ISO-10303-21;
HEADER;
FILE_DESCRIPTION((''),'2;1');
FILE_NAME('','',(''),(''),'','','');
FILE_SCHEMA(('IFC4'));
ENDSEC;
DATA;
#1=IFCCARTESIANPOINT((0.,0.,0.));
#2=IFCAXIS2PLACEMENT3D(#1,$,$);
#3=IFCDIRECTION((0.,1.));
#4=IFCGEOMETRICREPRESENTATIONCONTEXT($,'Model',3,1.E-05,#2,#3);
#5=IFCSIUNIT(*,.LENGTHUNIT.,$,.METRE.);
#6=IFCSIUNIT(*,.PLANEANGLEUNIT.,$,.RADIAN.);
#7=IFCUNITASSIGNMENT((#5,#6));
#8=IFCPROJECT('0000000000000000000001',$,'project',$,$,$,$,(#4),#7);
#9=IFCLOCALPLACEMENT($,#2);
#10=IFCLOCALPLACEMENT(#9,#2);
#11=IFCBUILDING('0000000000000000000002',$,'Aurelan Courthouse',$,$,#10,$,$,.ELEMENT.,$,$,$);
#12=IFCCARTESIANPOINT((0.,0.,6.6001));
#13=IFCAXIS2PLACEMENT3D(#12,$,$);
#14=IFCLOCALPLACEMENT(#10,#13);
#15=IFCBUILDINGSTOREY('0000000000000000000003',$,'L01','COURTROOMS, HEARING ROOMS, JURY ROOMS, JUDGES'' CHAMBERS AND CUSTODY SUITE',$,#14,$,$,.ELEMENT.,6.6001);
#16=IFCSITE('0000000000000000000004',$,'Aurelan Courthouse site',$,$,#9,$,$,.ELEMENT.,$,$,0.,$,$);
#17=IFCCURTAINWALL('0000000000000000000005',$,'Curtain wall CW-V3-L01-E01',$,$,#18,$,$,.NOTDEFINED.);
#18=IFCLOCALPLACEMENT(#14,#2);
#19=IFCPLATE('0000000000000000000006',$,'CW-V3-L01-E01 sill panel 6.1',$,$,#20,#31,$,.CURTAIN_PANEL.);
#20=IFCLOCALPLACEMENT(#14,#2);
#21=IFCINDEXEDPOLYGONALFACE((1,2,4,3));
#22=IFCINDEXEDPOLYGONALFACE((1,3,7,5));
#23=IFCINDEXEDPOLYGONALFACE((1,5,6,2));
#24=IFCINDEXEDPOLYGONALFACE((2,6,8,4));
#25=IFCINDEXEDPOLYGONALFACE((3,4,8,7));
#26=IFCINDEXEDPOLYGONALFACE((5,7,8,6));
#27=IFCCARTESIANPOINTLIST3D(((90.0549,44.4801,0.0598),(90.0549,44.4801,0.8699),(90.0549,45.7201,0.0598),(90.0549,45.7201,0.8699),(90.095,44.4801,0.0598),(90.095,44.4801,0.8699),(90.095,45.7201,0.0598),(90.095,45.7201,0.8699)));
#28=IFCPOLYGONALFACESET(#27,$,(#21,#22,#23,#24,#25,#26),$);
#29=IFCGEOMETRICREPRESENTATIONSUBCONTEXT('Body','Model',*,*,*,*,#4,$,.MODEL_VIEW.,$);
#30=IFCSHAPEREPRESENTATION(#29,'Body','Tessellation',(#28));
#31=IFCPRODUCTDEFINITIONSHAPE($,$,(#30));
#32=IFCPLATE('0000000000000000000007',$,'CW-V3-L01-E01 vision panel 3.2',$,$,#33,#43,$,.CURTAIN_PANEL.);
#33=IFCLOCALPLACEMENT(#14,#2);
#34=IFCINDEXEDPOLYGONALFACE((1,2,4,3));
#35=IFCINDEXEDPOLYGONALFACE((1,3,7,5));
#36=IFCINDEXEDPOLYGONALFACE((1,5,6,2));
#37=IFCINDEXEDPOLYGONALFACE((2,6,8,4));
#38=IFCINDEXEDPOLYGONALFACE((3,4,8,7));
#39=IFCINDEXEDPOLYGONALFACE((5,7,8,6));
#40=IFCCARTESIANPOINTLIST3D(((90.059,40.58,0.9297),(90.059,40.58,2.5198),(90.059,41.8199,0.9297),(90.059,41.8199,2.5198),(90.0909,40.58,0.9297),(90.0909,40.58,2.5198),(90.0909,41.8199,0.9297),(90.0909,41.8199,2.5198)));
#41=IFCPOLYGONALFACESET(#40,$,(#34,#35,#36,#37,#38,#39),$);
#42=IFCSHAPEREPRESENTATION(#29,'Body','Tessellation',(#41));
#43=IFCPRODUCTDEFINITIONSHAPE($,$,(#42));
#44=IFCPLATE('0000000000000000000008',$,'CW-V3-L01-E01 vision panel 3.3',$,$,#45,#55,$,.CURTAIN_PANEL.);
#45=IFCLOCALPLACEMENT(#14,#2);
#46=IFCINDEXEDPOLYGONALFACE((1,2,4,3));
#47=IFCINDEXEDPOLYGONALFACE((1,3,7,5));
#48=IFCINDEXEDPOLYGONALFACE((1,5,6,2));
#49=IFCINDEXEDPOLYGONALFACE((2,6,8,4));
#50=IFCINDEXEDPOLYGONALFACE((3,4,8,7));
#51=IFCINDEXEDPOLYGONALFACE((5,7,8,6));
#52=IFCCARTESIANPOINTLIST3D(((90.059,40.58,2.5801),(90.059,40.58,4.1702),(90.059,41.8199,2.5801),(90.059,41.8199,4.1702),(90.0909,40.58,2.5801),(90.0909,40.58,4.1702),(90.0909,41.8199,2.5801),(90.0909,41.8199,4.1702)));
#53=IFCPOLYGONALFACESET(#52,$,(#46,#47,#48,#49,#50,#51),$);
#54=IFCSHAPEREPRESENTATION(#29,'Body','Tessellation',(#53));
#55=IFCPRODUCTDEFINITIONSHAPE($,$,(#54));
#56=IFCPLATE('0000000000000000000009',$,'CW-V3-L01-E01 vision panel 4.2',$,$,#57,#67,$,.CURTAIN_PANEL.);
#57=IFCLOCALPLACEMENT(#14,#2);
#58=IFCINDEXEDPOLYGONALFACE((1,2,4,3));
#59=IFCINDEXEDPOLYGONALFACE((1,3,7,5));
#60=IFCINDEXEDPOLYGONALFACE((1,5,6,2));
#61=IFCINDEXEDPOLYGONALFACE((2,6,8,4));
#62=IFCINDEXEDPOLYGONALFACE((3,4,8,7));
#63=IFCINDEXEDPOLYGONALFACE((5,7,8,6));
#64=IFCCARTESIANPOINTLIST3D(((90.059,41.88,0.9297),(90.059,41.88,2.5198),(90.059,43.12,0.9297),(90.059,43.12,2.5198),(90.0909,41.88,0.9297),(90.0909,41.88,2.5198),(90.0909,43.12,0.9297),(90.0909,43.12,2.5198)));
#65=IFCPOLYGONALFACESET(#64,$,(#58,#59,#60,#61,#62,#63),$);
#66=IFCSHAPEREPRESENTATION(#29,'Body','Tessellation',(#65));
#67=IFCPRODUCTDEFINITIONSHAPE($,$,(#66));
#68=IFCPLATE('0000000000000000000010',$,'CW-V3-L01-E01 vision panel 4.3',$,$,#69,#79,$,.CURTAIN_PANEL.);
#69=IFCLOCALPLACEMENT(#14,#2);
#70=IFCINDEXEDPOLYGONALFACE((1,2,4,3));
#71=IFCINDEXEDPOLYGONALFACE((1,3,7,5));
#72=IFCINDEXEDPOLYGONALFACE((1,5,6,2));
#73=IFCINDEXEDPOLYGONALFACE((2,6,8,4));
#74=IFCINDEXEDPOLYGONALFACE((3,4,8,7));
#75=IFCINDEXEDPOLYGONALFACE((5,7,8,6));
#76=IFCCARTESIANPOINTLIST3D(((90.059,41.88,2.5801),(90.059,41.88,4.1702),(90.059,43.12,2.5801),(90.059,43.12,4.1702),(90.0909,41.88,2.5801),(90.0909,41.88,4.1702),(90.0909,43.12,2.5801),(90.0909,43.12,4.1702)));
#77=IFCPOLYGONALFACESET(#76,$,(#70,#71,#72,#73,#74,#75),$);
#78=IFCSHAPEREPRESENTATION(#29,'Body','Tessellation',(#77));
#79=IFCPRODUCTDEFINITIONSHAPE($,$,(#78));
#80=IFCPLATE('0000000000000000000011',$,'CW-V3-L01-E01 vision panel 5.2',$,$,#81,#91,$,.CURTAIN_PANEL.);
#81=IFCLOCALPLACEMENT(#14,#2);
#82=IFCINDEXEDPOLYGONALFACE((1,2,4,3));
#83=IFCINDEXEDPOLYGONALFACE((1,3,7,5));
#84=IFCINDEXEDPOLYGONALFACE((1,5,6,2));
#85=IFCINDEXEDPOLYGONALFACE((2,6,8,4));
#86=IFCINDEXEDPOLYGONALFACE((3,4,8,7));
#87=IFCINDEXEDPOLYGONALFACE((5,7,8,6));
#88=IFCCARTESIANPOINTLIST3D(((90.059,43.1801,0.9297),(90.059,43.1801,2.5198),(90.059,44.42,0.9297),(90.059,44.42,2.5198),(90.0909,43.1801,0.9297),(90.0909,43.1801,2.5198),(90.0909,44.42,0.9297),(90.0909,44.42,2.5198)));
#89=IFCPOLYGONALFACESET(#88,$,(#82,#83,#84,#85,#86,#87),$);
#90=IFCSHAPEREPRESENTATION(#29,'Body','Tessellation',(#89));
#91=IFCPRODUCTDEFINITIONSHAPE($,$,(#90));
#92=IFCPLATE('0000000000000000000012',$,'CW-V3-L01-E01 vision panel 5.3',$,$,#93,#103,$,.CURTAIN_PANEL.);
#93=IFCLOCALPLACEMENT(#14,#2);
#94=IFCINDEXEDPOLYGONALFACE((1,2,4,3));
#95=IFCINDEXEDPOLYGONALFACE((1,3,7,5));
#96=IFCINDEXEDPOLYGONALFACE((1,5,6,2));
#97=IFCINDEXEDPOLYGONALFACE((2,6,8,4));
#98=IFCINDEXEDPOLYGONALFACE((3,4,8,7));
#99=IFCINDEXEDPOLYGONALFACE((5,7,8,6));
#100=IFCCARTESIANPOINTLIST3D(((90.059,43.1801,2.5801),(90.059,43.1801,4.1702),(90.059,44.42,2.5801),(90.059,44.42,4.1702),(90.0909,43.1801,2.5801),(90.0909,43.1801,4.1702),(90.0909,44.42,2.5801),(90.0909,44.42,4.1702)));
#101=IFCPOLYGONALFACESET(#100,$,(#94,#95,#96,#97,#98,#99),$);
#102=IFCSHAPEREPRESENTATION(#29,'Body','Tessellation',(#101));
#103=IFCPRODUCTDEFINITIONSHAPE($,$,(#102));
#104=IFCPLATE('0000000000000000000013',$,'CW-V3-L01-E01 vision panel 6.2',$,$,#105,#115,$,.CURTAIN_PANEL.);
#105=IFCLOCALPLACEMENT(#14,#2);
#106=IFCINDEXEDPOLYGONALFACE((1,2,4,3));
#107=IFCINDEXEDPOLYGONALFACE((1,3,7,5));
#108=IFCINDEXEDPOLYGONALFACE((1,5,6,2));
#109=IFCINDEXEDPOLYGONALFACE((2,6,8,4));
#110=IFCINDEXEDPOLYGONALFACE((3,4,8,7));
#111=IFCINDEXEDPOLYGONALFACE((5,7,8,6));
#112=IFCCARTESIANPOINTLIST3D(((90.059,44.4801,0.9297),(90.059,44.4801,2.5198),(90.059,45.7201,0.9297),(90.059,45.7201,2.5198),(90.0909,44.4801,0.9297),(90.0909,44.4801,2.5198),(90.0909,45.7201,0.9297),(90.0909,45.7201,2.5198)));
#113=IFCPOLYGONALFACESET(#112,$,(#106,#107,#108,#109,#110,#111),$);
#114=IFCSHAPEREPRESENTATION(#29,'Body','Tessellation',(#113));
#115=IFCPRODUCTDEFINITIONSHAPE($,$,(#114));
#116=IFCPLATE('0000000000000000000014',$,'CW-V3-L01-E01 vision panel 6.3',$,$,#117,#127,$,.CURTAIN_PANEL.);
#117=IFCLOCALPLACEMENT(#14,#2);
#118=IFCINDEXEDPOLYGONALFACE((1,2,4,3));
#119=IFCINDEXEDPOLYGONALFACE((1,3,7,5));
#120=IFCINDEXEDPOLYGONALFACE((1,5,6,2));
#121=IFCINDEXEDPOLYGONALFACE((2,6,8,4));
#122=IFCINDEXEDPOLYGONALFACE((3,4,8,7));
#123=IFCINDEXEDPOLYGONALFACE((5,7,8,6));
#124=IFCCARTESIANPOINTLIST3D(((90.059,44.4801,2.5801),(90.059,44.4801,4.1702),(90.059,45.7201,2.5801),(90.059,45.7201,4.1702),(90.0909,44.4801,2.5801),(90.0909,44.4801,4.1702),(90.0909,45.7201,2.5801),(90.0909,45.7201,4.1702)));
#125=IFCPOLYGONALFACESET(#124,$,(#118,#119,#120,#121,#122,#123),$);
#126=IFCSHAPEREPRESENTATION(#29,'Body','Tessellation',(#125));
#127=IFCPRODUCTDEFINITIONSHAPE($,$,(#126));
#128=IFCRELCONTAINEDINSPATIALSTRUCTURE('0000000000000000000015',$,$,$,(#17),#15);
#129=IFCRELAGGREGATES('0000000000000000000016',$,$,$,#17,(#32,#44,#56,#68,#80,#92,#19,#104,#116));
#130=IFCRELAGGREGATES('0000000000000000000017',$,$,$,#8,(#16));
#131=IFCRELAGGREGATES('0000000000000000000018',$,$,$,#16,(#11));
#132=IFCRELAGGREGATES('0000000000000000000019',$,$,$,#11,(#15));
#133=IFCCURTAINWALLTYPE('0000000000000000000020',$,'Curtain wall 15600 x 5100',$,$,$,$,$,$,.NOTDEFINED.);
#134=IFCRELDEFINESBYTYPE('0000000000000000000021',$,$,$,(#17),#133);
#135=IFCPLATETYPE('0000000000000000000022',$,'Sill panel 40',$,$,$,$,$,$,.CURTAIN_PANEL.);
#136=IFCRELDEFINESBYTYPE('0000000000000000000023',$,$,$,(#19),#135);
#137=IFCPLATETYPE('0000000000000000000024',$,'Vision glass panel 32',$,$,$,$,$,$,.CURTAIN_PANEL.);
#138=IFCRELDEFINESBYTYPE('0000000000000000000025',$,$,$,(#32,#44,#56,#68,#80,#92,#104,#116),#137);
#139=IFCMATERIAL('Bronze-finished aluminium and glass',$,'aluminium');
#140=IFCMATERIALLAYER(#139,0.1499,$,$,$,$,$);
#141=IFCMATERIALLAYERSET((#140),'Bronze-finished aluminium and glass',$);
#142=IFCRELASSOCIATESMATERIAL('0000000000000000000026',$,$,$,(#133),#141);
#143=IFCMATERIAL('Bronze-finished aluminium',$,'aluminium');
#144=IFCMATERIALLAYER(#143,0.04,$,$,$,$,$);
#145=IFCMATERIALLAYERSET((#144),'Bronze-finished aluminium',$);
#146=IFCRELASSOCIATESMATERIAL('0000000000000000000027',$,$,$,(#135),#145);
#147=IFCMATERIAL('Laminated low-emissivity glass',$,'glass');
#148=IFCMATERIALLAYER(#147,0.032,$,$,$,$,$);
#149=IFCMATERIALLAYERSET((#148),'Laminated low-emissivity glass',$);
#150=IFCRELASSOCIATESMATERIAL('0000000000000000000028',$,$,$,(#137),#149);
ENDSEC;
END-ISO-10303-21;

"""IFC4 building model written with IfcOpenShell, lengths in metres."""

from ifc_helpers import new_model, si_unit, direction, frame, origin, origin_2d, place, context, subcontext, project, spatial, rectangle, extrude, material, layer, layer_set, type_object, element, aggregate, save


model = new_model("IFC4")

# Units and contexts
model_context = context("Model", 3, precision=1e-05, world=origin(), true_north=direction((0.0, 1.0)))
body_context = subcontext(model_context, "Body", "Model", "MODEL_VIEW")
ifc_project = project(units=[si_unit("LENGTHUNIT", "METRE"), si_unit("PLANEANGLEUNIT", "RADIAN")], contexts=[model_context])

# Site, building, storey
site_placement = place(None, origin())
site = spatial("IfcSite", under=ifc_project, at=site_placement, Name="Aurelan Courthouse site", CompositionType="ELEMENT", RefElevation=0.0)
building_placement = place(site_placement, origin())
building = spatial("IfcBuilding", under=site, at=building_placement, Name="Aurelan Courthouse", CompositionType="ELEMENT")
storey_placement = place(building_placement, frame((0.0, 0.0, 6.6001)))
storey = spatial("IfcBuildingStorey", under=building, at=storey_placement, Name="L01", Description="COURTROOMS, HEARING ROOMS, JURY ROOMS, JUDGES' CHAMBERS AND CUSTODY SUITE", CompositionType="ELEMENT", Elevation=6.6001)

# Curtain wall, plates
ifc_material_1 = material(Name="Bronze-finished aluminium and glass", Category="aluminium")
ifc_layer_1 = layer(ifc_material_1, 0.1499)
ifc_layer_set_1 = layer_set([ifc_layer_1], Name="Bronze-finished aluminium and glass")
curtain_wall_type = type_object("IfcCurtainWallType", Name="Curtain wall 15600 x 5100", PredefinedType="NOTDEFINED", material=ifc_layer_set_1)
curtain_wall_placement = place(storey_placement, origin())
curtain_wall = element("IfcCurtainWall", 1, at=curtain_wall_placement, inside=storey, type_object=curtain_wall_type, Name="Curtain wall CW-V3-L01-E01", PredefinedType="NOTDEFINED")
ifc_material_2 = material(Name="Bronze-finished aluminium", Category="aluminium")
ifc_layer_2 = layer(ifc_material_2, 0.04)
ifc_layer_set_2 = layer_set([ifc_layer_2], Name="Bronze-finished aluminium")
plate_type_1 = type_object("IfcPlateType", Name="Sill panel 40", PredefinedType="CURTAIN_PANEL", material=ifc_layer_set_2)
plate_1_placement = place(storey_placement, frame((90.075, 45.1001, 0.0598), z_axis=(0.0, 0.0, 1.0), x_axis=(0.0, 1.0, 0.0)))
plate_1 = element("IfcPlate", 2, at=plate_1_placement, type_object=plate_type_1, Name="CW-V3-L01-E01 sill panel 6.1", PredefinedType="CURTAIN_PANEL", context=body_context, shape_type="SweptSolid", body=[
    extrude(rectangle(XDim=1.24, YDim=0.04, at=origin_2d()), origin(), (0.0, 0.0, 1.0), 0.8101),
])
ifc_material_3 = material(Name="Laminated low-emissivity glass", Category="glass")
ifc_layer_3 = layer(ifc_material_3, 0.032)
ifc_layer_set_3 = layer_set([ifc_layer_3], Name="Laminated low-emissivity glass")
plate_type_2 = type_object("IfcPlateType", Name="Vision glass panel 32", PredefinedType="CURTAIN_PANEL", material=ifc_layer_set_3)
plate_2_placement = place(storey_placement, frame((90.075, 41.2, 0.9297), z_axis=(0.0, 0.0, 1.0), x_axis=(0.0, 1.0, 0.0)))
plate_2 = element("IfcPlate", 3, at=plate_2_placement, type_object=plate_type_2, Name="CW-V3-L01-E01 vision panel 3.2", PredefinedType="CURTAIN_PANEL", context=body_context, shape_type="SweptSolid", body=[
    extrude(rectangle(XDim=1.24, YDim=0.032, at=origin_2d()), origin(), (0.0, 0.0, 1.0), 1.5901),
])
plate_3_placement = place(storey_placement, frame((90.075, 41.2, 2.5801), z_axis=(0.0, 0.0, 1.0), x_axis=(0.0, 1.0, 0.0)))
plate_3 = element("IfcPlate", 4, at=plate_3_placement, type_object=plate_type_2, Name="CW-V3-L01-E01 vision panel 3.3", PredefinedType="CURTAIN_PANEL", context=body_context, shape_type="SweptSolid", body=[
    extrude(rectangle(XDim=1.24, YDim=0.032, at=origin_2d()), origin(), (0.0, 0.0, 1.0), 1.5901),
])
plate_4_placement = place(storey_placement, frame((90.075, 42.5, 0.9297), z_axis=(0.0, 0.0, 1.0), x_axis=(0.0, 1.0, 0.0)))
plate_4 = element("IfcPlate", 5, at=plate_4_placement, type_object=plate_type_2, Name="CW-V3-L01-E01 vision panel 4.2", PredefinedType="CURTAIN_PANEL", context=body_context, shape_type="SweptSolid", body=[
    extrude(rectangle(XDim=1.24, YDim=0.032, at=origin_2d()), origin(), (0.0, 0.0, 1.0), 1.5901),
])
plate_5_placement = place(storey_placement, frame((90.075, 42.5, 2.5801), z_axis=(0.0, 0.0, 1.0), x_axis=(0.0, 1.0, 0.0)))
plate_5 = element("IfcPlate", 6, at=plate_5_placement, type_object=plate_type_2, Name="CW-V3-L01-E01 vision panel 4.3", PredefinedType="CURTAIN_PANEL", context=body_context, shape_type="SweptSolid", body=[
    extrude(rectangle(XDim=1.24, YDim=0.032, at=origin_2d()), origin(), (0.0, 0.0, 1.0), 1.5901),
])
plate_6_placement = place(storey_placement, frame((90.075, 43.8, 0.9297), z_axis=(0.0, 0.0, 1.0), x_axis=(0.0, 1.0, 0.0)))
plate_6 = element("IfcPlate", 7, at=plate_6_placement, type_object=plate_type_2, Name="CW-V3-L01-E01 vision panel 5.2", PredefinedType="CURTAIN_PANEL", context=body_context, shape_type="SweptSolid", body=[
    extrude(rectangle(XDim=1.24, YDim=0.032, at=origin_2d()), origin(), (0.0, 0.0, 1.0), 1.5901),
])
plate_7_placement = place(storey_placement, frame((90.075, 43.8, 2.5801), z_axis=(0.0, 0.0, 1.0), x_axis=(0.0, 1.0, 0.0)))
plate_7 = element("IfcPlate", 8, at=plate_7_placement, type_object=plate_type_2, Name="CW-V3-L01-E01 vision panel 5.3", PredefinedType="CURTAIN_PANEL", context=body_context, shape_type="SweptSolid", body=[
    extrude(rectangle(XDim=1.24, YDim=0.032, at=origin_2d()), origin(), (0.0, 0.0, 1.0), 1.5901),
])
plate_8_placement = place(storey_placement, frame((90.075, 45.1001, 0.9297), z_axis=(0.0, 0.0, 1.0), x_axis=(0.0, 1.0, 0.0)))
plate_8 = element("IfcPlate", 9, at=plate_8_placement, type_object=plate_type_2, Name="CW-V3-L01-E01 vision panel 6.2", PredefinedType="CURTAIN_PANEL", context=body_context, shape_type="SweptSolid", body=[
    extrude(rectangle(XDim=1.24, YDim=0.032, at=origin_2d()), origin(), (0.0, 0.0, 1.0), 1.5901),
])
plate_9_placement = place(storey_placement, frame((90.075, 45.1001, 2.5801), z_axis=(0.0, 0.0, 1.0), x_axis=(0.0, 1.0, 0.0)))
plate_9 = element("IfcPlate", 10, at=plate_9_placement, type_object=plate_type_2, Name="CW-V3-L01-E01 vision panel 6.3", PredefinedType="CURTAIN_PANEL", context=body_context, shape_type="SweptSolid", body=[
    extrude(rectangle(XDim=1.24, YDim=0.032, at=origin_2d()), origin(), (0.0, 0.0, 1.0), 1.5901),
])
aggregate(curtain_wall, [plate_2, plate_3, plate_4, plate_5, plate_6, plate_7, plate_1, plate_8, plate_9])

save(model, "model.ifc")
